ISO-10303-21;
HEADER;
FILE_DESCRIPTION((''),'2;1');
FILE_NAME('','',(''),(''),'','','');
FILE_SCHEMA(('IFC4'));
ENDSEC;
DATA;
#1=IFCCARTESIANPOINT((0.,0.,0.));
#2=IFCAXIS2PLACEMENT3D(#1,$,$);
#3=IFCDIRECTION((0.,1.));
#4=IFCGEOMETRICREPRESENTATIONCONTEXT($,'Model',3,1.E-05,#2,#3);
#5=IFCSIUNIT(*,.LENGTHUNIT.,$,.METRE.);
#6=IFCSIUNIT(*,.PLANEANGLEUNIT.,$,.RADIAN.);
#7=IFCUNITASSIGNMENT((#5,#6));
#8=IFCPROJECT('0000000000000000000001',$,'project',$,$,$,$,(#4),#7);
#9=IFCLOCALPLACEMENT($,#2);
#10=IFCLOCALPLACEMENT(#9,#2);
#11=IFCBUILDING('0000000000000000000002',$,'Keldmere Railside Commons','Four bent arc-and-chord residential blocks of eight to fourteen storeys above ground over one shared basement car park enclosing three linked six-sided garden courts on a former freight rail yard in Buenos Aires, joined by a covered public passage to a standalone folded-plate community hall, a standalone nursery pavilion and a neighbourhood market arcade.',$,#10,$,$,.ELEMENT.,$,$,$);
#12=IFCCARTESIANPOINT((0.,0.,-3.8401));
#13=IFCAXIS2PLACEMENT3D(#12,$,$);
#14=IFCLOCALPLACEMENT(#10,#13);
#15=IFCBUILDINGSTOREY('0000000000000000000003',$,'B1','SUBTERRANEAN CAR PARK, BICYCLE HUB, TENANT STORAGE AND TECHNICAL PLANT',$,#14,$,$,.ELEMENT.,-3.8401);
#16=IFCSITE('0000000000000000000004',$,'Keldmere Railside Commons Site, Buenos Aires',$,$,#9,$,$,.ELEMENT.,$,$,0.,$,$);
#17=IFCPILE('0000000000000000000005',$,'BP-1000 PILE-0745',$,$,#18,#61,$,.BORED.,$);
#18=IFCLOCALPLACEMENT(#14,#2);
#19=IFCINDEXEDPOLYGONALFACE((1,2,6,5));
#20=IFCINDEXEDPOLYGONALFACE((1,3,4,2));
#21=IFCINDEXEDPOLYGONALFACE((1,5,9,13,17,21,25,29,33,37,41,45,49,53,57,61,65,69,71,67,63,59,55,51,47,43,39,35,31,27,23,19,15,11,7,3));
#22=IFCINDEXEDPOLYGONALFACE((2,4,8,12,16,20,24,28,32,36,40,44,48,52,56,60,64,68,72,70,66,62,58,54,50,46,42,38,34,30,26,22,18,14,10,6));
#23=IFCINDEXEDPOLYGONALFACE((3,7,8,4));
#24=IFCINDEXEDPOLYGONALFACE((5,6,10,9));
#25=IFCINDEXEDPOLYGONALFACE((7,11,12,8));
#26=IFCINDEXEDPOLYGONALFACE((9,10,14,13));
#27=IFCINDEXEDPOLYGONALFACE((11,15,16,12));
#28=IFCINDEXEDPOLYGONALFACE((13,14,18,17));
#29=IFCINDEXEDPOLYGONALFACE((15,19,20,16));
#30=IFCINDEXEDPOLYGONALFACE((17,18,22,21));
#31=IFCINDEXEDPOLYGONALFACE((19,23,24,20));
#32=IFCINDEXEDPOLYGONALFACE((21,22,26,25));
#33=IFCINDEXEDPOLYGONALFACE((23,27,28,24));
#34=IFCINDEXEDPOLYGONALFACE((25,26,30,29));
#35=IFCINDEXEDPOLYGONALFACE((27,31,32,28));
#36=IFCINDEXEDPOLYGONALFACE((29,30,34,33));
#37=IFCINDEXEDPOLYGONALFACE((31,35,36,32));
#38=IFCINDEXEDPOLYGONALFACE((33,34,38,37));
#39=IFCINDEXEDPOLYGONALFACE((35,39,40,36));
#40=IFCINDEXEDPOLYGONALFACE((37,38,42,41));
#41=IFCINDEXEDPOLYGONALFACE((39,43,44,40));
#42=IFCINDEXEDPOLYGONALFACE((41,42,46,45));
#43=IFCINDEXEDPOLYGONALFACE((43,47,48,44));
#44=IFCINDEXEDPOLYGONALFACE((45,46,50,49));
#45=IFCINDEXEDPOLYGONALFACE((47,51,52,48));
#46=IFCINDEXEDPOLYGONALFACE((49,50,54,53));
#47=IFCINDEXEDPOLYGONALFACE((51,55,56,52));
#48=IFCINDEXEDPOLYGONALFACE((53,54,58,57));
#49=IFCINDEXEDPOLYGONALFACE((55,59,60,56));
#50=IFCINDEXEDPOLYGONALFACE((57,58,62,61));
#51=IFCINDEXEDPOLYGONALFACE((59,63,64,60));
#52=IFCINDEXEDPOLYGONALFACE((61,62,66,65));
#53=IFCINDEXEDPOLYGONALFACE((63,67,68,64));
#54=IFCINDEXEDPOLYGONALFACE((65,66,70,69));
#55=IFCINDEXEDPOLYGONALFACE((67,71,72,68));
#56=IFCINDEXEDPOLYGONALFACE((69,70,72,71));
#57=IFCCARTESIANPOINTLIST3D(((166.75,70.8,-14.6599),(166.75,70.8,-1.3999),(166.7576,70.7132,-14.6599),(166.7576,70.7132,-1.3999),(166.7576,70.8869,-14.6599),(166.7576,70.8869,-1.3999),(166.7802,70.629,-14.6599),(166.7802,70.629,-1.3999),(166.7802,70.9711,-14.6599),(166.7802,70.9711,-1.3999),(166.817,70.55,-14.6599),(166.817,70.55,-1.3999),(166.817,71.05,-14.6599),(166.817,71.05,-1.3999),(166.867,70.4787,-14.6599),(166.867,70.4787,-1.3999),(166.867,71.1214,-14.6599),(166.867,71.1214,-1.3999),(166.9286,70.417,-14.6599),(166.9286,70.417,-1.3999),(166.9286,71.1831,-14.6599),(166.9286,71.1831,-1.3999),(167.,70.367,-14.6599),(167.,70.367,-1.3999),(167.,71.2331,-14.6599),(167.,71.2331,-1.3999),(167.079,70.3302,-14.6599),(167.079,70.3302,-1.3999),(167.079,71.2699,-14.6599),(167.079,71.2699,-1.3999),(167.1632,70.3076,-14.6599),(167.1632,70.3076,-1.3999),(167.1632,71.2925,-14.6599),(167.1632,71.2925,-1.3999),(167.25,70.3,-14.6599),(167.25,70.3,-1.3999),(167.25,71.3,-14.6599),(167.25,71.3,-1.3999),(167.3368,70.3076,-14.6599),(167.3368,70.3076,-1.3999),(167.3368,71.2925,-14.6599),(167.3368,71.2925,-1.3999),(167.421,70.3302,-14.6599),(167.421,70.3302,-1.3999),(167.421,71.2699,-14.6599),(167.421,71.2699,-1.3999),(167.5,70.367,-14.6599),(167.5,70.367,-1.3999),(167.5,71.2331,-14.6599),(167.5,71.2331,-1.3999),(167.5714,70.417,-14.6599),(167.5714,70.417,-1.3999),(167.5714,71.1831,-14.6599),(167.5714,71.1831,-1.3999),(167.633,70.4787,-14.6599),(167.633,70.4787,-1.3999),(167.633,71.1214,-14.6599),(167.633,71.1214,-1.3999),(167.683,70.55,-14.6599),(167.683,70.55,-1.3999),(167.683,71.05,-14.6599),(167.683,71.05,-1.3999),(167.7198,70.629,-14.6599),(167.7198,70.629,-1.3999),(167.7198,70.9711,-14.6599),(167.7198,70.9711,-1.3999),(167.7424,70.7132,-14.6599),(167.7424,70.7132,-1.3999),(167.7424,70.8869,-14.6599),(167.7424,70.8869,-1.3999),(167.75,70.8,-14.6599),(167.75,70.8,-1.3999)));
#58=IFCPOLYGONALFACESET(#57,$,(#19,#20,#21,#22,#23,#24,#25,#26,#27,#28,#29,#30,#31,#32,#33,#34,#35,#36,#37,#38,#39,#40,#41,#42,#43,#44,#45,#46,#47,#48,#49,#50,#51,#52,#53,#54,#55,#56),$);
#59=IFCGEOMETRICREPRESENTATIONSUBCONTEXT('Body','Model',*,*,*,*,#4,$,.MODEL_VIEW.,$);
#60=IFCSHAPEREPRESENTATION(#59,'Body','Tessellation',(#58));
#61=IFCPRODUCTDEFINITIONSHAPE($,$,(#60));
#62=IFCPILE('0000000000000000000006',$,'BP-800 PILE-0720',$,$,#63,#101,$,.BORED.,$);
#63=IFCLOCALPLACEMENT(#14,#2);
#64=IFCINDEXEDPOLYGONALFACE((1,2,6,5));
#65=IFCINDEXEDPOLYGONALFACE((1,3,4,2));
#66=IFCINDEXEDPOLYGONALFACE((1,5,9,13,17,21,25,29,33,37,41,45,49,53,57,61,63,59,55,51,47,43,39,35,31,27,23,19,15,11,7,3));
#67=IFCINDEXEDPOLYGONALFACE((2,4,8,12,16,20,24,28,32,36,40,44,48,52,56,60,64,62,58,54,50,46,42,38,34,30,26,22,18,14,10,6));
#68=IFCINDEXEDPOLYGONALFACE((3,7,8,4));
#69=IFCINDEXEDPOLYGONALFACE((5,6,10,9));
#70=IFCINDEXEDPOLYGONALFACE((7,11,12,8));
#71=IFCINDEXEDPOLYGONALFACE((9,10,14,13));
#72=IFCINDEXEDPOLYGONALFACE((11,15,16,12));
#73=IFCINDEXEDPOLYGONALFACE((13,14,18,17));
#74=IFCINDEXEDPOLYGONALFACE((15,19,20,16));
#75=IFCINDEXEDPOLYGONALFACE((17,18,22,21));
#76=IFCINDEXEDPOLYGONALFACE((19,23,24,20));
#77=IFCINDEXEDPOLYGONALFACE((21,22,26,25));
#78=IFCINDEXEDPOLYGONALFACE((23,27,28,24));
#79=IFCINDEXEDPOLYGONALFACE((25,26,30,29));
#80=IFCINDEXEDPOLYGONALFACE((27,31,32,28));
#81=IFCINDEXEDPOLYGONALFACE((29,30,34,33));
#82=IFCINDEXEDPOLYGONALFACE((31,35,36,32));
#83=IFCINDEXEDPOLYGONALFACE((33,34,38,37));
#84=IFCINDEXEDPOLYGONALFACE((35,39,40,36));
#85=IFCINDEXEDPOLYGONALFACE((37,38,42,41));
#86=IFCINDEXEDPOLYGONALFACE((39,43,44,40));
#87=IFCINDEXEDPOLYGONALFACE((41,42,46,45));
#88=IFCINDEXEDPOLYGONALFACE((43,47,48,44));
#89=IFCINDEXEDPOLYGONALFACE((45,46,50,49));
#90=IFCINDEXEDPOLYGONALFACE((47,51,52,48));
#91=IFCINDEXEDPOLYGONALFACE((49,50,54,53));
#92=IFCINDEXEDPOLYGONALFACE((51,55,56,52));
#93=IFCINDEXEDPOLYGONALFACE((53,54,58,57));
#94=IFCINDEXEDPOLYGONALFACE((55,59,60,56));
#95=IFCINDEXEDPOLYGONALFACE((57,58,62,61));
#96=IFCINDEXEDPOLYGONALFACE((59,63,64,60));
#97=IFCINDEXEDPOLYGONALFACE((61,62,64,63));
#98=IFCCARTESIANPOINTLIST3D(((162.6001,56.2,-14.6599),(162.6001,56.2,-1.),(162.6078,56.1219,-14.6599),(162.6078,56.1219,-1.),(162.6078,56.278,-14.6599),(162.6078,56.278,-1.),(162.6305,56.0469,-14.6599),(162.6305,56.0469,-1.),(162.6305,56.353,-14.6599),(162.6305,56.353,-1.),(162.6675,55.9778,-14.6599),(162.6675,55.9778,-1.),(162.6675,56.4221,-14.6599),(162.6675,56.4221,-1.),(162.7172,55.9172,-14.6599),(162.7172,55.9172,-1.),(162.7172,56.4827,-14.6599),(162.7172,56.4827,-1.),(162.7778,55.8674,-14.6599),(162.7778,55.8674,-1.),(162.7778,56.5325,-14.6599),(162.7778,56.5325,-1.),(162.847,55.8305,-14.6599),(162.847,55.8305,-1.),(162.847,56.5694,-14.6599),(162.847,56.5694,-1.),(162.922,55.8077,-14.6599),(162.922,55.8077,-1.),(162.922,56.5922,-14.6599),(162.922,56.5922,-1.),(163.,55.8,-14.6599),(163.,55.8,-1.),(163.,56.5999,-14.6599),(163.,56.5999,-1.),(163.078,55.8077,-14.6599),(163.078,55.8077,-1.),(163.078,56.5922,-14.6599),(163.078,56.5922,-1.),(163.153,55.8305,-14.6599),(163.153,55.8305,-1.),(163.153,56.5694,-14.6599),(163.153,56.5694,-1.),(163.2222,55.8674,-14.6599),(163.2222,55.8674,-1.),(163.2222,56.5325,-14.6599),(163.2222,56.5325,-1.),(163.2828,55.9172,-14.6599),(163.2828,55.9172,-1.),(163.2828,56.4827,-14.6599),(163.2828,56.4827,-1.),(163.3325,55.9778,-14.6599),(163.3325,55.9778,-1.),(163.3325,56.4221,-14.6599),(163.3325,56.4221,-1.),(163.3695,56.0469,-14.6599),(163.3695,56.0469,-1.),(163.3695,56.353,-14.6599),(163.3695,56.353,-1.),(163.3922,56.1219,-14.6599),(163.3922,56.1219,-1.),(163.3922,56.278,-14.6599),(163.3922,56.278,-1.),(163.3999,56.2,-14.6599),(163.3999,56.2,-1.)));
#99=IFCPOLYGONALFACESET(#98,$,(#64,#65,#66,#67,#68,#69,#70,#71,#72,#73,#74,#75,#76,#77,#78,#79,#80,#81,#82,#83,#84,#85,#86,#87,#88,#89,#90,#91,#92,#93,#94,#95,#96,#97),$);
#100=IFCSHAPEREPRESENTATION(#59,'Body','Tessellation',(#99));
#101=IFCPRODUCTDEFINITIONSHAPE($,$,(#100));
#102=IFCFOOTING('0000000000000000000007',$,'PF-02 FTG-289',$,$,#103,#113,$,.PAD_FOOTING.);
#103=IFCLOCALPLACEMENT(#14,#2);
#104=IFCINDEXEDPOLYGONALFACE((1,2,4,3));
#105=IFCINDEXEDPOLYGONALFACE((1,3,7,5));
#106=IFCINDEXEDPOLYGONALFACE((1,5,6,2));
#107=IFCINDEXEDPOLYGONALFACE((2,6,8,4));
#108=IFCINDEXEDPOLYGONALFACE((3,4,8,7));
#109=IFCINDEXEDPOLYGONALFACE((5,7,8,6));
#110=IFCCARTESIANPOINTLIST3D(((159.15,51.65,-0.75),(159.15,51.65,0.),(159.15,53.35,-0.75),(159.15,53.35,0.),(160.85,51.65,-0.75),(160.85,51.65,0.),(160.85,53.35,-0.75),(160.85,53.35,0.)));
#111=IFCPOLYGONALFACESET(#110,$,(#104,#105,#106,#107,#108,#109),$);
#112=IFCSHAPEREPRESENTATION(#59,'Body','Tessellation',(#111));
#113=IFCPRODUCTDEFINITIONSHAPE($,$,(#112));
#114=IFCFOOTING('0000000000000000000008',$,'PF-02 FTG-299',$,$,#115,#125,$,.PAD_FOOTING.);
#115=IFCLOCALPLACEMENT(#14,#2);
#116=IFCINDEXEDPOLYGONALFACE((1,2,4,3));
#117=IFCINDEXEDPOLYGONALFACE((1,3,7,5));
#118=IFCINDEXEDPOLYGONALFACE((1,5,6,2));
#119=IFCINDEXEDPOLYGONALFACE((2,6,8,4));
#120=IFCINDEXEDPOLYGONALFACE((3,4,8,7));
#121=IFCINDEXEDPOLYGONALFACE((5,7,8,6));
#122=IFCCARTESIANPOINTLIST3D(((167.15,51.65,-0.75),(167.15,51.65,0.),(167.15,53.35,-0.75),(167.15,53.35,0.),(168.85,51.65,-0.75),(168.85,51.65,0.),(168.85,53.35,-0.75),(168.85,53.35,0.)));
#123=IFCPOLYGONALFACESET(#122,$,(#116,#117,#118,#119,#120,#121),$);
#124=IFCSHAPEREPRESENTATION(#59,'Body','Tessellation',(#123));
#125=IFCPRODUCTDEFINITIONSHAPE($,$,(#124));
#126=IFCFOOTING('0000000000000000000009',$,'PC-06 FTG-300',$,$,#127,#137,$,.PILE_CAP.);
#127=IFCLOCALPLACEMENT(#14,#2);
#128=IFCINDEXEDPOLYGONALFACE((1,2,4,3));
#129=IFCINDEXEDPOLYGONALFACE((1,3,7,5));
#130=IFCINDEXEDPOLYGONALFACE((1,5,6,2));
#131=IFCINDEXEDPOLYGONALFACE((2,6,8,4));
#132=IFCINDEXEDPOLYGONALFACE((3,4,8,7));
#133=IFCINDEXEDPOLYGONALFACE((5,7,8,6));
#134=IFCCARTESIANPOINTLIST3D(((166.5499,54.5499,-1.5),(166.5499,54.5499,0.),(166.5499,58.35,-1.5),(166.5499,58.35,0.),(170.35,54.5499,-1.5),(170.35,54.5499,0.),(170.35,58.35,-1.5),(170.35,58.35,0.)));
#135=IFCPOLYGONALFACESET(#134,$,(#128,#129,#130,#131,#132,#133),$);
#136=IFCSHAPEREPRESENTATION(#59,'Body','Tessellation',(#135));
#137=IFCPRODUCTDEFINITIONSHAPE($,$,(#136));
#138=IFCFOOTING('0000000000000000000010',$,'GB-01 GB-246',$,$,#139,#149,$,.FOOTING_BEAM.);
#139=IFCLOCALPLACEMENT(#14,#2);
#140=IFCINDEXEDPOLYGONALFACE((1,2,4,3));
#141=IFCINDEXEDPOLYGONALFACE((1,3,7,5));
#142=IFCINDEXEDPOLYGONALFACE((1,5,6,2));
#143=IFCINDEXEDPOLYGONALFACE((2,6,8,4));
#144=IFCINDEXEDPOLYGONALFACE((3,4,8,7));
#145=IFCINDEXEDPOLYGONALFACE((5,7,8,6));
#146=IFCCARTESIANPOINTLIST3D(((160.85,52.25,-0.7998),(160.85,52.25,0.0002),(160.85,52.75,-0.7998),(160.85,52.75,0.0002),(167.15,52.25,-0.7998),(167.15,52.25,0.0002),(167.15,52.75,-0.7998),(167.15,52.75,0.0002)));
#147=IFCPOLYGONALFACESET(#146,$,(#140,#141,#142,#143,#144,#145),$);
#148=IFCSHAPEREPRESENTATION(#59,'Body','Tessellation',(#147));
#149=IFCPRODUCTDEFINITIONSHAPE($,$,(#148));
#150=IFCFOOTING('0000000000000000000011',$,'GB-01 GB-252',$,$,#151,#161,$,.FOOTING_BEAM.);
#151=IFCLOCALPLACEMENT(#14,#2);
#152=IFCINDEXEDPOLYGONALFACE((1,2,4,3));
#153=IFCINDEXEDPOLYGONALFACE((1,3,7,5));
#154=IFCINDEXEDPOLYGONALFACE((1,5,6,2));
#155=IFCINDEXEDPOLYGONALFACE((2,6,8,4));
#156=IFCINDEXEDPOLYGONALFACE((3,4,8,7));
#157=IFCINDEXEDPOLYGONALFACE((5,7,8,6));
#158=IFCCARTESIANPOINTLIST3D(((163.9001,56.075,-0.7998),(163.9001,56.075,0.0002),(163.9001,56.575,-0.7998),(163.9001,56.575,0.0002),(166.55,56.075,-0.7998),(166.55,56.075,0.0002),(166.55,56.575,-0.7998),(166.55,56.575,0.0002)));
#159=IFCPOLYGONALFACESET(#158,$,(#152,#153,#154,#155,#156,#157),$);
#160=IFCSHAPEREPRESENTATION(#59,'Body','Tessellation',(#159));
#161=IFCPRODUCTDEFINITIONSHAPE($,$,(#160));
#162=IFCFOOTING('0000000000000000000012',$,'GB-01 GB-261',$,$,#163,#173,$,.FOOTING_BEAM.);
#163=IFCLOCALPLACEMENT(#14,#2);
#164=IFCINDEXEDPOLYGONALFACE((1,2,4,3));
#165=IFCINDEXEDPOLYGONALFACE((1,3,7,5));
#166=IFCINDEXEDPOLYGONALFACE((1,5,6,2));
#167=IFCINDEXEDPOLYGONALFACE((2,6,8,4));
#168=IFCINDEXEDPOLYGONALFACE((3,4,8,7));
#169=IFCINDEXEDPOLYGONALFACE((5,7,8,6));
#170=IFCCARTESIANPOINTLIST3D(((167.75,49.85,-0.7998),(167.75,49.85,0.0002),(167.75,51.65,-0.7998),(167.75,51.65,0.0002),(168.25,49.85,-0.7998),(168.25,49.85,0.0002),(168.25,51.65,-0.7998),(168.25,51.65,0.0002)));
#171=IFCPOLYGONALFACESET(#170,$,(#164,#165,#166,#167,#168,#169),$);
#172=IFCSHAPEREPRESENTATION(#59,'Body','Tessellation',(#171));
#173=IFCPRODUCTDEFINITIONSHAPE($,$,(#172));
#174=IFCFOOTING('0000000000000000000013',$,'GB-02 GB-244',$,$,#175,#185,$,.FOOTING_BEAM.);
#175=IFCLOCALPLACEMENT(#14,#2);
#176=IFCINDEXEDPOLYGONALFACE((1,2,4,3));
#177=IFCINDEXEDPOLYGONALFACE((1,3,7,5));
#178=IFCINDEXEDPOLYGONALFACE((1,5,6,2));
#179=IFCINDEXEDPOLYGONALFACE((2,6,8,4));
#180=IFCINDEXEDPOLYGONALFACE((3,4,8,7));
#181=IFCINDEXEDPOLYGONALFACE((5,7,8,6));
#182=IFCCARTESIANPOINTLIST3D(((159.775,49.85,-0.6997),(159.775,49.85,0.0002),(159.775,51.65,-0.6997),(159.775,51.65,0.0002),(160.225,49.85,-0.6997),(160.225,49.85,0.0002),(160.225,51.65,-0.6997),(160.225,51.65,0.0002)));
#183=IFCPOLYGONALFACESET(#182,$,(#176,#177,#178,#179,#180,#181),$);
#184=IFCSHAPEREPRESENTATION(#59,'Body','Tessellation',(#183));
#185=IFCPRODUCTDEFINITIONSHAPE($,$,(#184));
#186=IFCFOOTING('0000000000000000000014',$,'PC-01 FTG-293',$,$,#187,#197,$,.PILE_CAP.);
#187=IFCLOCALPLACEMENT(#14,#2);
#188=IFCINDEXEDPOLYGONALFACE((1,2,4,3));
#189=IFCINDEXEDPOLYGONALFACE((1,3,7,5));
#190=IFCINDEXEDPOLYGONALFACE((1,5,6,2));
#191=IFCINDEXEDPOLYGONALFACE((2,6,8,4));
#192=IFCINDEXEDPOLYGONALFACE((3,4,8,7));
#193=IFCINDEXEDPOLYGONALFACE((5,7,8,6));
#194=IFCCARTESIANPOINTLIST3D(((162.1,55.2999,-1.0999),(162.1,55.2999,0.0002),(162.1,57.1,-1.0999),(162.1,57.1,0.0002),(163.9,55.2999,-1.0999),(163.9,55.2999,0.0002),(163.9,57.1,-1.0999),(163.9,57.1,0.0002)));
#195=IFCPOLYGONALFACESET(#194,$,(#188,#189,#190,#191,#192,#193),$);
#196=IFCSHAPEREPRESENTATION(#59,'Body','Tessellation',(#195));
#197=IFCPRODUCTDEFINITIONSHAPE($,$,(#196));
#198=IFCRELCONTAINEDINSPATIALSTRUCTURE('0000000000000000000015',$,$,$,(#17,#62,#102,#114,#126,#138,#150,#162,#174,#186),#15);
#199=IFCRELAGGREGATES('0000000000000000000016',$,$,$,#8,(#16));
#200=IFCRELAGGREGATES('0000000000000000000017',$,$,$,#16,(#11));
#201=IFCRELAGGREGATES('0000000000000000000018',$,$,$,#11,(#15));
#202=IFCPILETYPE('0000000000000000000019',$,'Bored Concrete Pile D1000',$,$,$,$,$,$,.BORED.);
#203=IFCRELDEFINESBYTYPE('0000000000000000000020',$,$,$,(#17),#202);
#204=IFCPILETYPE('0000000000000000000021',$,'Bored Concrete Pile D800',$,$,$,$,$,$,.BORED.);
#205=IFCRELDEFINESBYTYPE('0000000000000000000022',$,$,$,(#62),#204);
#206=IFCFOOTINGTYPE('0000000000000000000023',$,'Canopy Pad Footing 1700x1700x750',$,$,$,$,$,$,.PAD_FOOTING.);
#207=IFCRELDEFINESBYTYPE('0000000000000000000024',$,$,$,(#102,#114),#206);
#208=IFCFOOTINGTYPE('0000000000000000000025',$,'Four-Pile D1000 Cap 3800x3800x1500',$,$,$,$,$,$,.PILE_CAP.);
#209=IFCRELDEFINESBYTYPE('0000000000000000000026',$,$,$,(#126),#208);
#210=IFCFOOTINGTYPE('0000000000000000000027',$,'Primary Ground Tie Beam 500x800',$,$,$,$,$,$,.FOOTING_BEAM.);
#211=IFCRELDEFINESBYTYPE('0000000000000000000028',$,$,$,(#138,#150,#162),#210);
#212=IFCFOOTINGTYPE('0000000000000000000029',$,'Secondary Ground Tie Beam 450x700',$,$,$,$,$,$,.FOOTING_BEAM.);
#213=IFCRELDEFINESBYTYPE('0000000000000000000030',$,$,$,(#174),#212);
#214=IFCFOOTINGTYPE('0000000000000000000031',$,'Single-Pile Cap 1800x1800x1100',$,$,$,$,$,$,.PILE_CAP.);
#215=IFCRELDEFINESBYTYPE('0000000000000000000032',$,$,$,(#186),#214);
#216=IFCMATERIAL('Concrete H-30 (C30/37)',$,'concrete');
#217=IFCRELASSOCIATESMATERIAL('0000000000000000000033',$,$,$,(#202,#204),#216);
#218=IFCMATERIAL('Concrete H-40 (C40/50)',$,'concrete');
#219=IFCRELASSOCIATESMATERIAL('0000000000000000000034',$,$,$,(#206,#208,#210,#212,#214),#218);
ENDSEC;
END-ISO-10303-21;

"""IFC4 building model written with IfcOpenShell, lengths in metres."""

from ifc_helpers import new_model, si_unit, direction, frame, origin, origin_2d, place, context, subcontext, project, spatial, rectangle, circle, extrude, material, material_profile, profile_set, type_object, element, save


model = new_model("IFC4")

# Units and contexts
model_context = context("Model", 3, precision=1e-05, world=origin(), true_north=direction((0.0, 1.0)))
body_context = subcontext(model_context, "Body", "Model", "MODEL_VIEW")
ifc_project = project(units=[si_unit("LENGTHUNIT", "METRE"), si_unit("PLANEANGLEUNIT", "RADIAN")], contexts=[model_context])

# Site, building, storey
site_placement = place(None, origin())
site = spatial("IfcSite", under=ifc_project, at=site_placement, Name="Keldmere Railside Commons Site, Buenos Aires", CompositionType="ELEMENT", RefElevation=0.0)
building_placement = place(site_placement, origin())
building = spatial("IfcBuilding", under=site, at=building_placement, Name="Keldmere Railside Commons", Description="Four bent arc-and-chord residential blocks of eight to fourteen storeys above ground over one shared basement car park enclosing three linked six-sided garden courts on a former freight rail yard in Buenos Aires, joined by a covered public passage to a standalone folded-plate community hall, a standalone nursery pavilion and a neighbourhood market arcade.", CompositionType="ELEMENT")
storey_placement = place(building_placement, frame((0.0, 0.0, -3.8401)))
storey = spatial("IfcBuildingStorey", under=building, at=storey_placement, Name="B1", Description="SUBTERRANEAN CAR PARK, BICYCLE HUB, TENANT STORAGE AND TECHNICAL PLANT", CompositionType="ELEMENT", Elevation=-3.8401)

# Piles
ifc_material_1 = material(Name="Concrete H-30 (C30/37)", Category="concrete")
ifc_material_profile_1 = material_profile(ifc_material_1, circle(Radius=0.5, at=origin_2d()), Name="PILE-D1000")
ifc_profile_set_1 = profile_set([ifc_material_profile_1], Name="Concrete H-30 (C30/37)")
pile_type_1 = type_object("IfcPileType", Name="Bored Concrete Pile D1000", PredefinedType="BORED", material=ifc_profile_set_1)
for number, where, z_axis, x_axis, name in (
    (1, (167.25, 70.8, -1.3999), (0.0, 0.0, -1.0), (1.0, 0.0, 0.0), "BP-1000 PILE-0745"),
):
    element("IfcPile", number, at=place(storey_placement, frame(where, z_axis=z_axis, x_axis=x_axis)), inside=storey, type_object=pile_type_1, Name=name, PredefinedType="BORED", context=body_context, shape_type="SweptSolid", body=[
        extrude(circle(Radius=0.5, at=origin_2d()), origin(), (0.0, 0.0, 1.0), 13.26),
    ])
ifc_material_profile_2 = material_profile(ifc_material_1, circle(Radius=0.3999, at=origin_2d()), Name="PILE-D800")
ifc_profile_set_2 = profile_set([ifc_material_profile_2], Name="Concrete H-30 (C30/37)")
pile_type_2 = type_object("IfcPileType", Name="Bored Concrete Pile D800", PredefinedType="BORED", material=ifc_profile_set_2)
pile_placement = place(storey_placement, frame((163.0, 56.2, -1.0), z_axis=(0.0, 0.0, -1.0), x_axis=(1.0, 0.0, 0.0)))
element("IfcPile", 2, at=pile_placement, inside=storey, type_object=pile_type_2, Name="BP-800 PILE-0720", PredefinedType="BORED", context=body_context, shape_type="SweptSolid", body=[
    extrude(circle(Radius=0.3999, at=origin_2d()), origin(), (0.0, 0.0, 1.0), 13.6599),
])

# Footings
ifc_material_2 = material(Name="Concrete H-40 (C40/50)", Category="concrete")
footing_type_1 = type_object("IfcFootingType", Name="Canopy Pad Footing 1700x1700x750", PredefinedType="PAD_FOOTING", material=ifc_material_2)
for number, where, z_axis, x_axis, name in (
    (3, (160.0, 52.5, -0.75), (0.0, 0.0, 1.0), (1.0, 0.0, 0.0), "PF-02 FTG-289"),
    (4, (168.0, 52.5, -0.75), (0.0, 0.0, 1.0), (1.0, 0.0, 0.0), "PF-02 FTG-299"),
):
    element("IfcFooting", number, at=place(storey_placement, frame(where, z_axis=z_axis, x_axis=x_axis)), inside=storey, type_object=footing_type_1, Name=name, PredefinedType="PAD_FOOTING", context=body_context, shape_type="SweptSolid", body=[
        extrude(rectangle(XDim=1.7, YDim=1.7, at=origin_2d()), origin(), (0.0, 0.0, 1.0), 0.75),
    ])
footing_type_2 = type_object("IfcFootingType", Name="Four-Pile D1000 Cap 3800x3800x1500", PredefinedType="PILE_CAP", material=ifc_material_2)
footing_1_placement = place(storey_placement, frame((168.45, 56.45, -1.5), z_axis=(0.0, 0.0, 1.0), x_axis=(1.0, 0.0, 0.0)))
element("IfcFooting", 5, at=footing_1_placement, inside=storey, type_object=footing_type_2, Name="PC-06 FTG-300", PredefinedType="PILE_CAP", context=body_context, shape_type="SweptSolid", body=[
    extrude(rectangle(XDim=3.8, YDim=3.8, at=origin_2d()), origin(), (0.0, 0.0, 1.0), 1.5),
])
footing_type_3 = type_object("IfcFootingType", Name="Primary Ground Tie Beam 500x800", PredefinedType="FOOTING_BEAM", material=ifc_material_2)
footing_2_placement = place(storey_placement, frame((164.0, 52.5, -0.7998), z_axis=(0.0, 0.0, 1.0), x_axis=(1.0, 0.0, 0.0)))
element("IfcFooting", 6, at=footing_2_placement, inside=storey, type_object=footing_type_3, Name="GB-01 GB-246", PredefinedType="FOOTING_BEAM", context=body_context, shape_type="SweptSolid", body=[
    extrude(rectangle(XDim=6.3, YDim=0.5, at=origin_2d()), origin(), (0.0, 0.0, 1.0), 0.8),
])
footing_3_placement = place(storey_placement, frame((165.2251, 56.325, -0.7998), z_axis=(0.0, 0.0, 1.0), x_axis=(1.0, 0.0, 0.0)))
element("IfcFooting", 7, at=footing_3_placement, inside=storey, type_object=footing_type_3, Name="GB-01 GB-252", PredefinedType="FOOTING_BEAM", context=body_context, shape_type="SweptSolid", body=[
    extrude(rectangle(XDim=2.6499, YDim=0.5, at=origin_2d()), origin(), (0.0, 0.0, 1.0), 0.8),
])
footing_4_placement = place(storey_placement, frame((168.0, 50.75, -0.7998), z_axis=(0.0, 0.0, 1.0), x_axis=(0.0, 1.0, 0.0)))
element("IfcFooting", 8, at=footing_4_placement, inside=storey, type_object=footing_type_3, Name="GB-01 GB-261", PredefinedType="FOOTING_BEAM", context=body_context, shape_type="SweptSolid", body=[
    extrude(rectangle(XDim=1.8, YDim=0.5, at=origin_2d()), origin(), (0.0, 0.0, 1.0), 0.8),
])
footing_type_4 = type_object("IfcFootingType", Name="Secondary Ground Tie Beam 450x700", PredefinedType="FOOTING_BEAM", material=ifc_material_2)
footing_5_placement = place(storey_placement, frame((160.0, 50.75, -0.6997), z_axis=(0.0, 0.0, 1.0), x_axis=(0.0, 1.0, 0.0)))
element("IfcFooting", 9, at=footing_5_placement, inside=storey, type_object=footing_type_4, Name="GB-02 GB-244", PredefinedType="FOOTING_BEAM", context=body_context, shape_type="SweptSolid", body=[
    extrude(rectangle(XDim=1.8, YDim=0.45, at=origin_2d()), origin(), (0.0, 0.0, 1.0), 0.7),
])
footing_type_5 = type_object("IfcFootingType", Name="Single-Pile Cap 1800x1800x1100", PredefinedType="PILE_CAP", material=ifc_material_2)
footing_6_placement = place(storey_placement, frame((163.0, 56.2, -1.0999), z_axis=(0.0, 0.0, 1.0), x_axis=(1.0, 0.0, 0.0)))
element("IfcFooting", 10, at=footing_6_placement, inside=storey, type_object=footing_type_5, Name="PC-01 FTG-293", PredefinedType="PILE_CAP", context=body_context, shape_type="SweptSolid", body=[
    extrude(rectangle(XDim=1.8, YDim=1.8, at=origin_2d()), origin(), (0.0, 0.0, 1.0), 1.1001),
])

save(model, "model.ifc")
